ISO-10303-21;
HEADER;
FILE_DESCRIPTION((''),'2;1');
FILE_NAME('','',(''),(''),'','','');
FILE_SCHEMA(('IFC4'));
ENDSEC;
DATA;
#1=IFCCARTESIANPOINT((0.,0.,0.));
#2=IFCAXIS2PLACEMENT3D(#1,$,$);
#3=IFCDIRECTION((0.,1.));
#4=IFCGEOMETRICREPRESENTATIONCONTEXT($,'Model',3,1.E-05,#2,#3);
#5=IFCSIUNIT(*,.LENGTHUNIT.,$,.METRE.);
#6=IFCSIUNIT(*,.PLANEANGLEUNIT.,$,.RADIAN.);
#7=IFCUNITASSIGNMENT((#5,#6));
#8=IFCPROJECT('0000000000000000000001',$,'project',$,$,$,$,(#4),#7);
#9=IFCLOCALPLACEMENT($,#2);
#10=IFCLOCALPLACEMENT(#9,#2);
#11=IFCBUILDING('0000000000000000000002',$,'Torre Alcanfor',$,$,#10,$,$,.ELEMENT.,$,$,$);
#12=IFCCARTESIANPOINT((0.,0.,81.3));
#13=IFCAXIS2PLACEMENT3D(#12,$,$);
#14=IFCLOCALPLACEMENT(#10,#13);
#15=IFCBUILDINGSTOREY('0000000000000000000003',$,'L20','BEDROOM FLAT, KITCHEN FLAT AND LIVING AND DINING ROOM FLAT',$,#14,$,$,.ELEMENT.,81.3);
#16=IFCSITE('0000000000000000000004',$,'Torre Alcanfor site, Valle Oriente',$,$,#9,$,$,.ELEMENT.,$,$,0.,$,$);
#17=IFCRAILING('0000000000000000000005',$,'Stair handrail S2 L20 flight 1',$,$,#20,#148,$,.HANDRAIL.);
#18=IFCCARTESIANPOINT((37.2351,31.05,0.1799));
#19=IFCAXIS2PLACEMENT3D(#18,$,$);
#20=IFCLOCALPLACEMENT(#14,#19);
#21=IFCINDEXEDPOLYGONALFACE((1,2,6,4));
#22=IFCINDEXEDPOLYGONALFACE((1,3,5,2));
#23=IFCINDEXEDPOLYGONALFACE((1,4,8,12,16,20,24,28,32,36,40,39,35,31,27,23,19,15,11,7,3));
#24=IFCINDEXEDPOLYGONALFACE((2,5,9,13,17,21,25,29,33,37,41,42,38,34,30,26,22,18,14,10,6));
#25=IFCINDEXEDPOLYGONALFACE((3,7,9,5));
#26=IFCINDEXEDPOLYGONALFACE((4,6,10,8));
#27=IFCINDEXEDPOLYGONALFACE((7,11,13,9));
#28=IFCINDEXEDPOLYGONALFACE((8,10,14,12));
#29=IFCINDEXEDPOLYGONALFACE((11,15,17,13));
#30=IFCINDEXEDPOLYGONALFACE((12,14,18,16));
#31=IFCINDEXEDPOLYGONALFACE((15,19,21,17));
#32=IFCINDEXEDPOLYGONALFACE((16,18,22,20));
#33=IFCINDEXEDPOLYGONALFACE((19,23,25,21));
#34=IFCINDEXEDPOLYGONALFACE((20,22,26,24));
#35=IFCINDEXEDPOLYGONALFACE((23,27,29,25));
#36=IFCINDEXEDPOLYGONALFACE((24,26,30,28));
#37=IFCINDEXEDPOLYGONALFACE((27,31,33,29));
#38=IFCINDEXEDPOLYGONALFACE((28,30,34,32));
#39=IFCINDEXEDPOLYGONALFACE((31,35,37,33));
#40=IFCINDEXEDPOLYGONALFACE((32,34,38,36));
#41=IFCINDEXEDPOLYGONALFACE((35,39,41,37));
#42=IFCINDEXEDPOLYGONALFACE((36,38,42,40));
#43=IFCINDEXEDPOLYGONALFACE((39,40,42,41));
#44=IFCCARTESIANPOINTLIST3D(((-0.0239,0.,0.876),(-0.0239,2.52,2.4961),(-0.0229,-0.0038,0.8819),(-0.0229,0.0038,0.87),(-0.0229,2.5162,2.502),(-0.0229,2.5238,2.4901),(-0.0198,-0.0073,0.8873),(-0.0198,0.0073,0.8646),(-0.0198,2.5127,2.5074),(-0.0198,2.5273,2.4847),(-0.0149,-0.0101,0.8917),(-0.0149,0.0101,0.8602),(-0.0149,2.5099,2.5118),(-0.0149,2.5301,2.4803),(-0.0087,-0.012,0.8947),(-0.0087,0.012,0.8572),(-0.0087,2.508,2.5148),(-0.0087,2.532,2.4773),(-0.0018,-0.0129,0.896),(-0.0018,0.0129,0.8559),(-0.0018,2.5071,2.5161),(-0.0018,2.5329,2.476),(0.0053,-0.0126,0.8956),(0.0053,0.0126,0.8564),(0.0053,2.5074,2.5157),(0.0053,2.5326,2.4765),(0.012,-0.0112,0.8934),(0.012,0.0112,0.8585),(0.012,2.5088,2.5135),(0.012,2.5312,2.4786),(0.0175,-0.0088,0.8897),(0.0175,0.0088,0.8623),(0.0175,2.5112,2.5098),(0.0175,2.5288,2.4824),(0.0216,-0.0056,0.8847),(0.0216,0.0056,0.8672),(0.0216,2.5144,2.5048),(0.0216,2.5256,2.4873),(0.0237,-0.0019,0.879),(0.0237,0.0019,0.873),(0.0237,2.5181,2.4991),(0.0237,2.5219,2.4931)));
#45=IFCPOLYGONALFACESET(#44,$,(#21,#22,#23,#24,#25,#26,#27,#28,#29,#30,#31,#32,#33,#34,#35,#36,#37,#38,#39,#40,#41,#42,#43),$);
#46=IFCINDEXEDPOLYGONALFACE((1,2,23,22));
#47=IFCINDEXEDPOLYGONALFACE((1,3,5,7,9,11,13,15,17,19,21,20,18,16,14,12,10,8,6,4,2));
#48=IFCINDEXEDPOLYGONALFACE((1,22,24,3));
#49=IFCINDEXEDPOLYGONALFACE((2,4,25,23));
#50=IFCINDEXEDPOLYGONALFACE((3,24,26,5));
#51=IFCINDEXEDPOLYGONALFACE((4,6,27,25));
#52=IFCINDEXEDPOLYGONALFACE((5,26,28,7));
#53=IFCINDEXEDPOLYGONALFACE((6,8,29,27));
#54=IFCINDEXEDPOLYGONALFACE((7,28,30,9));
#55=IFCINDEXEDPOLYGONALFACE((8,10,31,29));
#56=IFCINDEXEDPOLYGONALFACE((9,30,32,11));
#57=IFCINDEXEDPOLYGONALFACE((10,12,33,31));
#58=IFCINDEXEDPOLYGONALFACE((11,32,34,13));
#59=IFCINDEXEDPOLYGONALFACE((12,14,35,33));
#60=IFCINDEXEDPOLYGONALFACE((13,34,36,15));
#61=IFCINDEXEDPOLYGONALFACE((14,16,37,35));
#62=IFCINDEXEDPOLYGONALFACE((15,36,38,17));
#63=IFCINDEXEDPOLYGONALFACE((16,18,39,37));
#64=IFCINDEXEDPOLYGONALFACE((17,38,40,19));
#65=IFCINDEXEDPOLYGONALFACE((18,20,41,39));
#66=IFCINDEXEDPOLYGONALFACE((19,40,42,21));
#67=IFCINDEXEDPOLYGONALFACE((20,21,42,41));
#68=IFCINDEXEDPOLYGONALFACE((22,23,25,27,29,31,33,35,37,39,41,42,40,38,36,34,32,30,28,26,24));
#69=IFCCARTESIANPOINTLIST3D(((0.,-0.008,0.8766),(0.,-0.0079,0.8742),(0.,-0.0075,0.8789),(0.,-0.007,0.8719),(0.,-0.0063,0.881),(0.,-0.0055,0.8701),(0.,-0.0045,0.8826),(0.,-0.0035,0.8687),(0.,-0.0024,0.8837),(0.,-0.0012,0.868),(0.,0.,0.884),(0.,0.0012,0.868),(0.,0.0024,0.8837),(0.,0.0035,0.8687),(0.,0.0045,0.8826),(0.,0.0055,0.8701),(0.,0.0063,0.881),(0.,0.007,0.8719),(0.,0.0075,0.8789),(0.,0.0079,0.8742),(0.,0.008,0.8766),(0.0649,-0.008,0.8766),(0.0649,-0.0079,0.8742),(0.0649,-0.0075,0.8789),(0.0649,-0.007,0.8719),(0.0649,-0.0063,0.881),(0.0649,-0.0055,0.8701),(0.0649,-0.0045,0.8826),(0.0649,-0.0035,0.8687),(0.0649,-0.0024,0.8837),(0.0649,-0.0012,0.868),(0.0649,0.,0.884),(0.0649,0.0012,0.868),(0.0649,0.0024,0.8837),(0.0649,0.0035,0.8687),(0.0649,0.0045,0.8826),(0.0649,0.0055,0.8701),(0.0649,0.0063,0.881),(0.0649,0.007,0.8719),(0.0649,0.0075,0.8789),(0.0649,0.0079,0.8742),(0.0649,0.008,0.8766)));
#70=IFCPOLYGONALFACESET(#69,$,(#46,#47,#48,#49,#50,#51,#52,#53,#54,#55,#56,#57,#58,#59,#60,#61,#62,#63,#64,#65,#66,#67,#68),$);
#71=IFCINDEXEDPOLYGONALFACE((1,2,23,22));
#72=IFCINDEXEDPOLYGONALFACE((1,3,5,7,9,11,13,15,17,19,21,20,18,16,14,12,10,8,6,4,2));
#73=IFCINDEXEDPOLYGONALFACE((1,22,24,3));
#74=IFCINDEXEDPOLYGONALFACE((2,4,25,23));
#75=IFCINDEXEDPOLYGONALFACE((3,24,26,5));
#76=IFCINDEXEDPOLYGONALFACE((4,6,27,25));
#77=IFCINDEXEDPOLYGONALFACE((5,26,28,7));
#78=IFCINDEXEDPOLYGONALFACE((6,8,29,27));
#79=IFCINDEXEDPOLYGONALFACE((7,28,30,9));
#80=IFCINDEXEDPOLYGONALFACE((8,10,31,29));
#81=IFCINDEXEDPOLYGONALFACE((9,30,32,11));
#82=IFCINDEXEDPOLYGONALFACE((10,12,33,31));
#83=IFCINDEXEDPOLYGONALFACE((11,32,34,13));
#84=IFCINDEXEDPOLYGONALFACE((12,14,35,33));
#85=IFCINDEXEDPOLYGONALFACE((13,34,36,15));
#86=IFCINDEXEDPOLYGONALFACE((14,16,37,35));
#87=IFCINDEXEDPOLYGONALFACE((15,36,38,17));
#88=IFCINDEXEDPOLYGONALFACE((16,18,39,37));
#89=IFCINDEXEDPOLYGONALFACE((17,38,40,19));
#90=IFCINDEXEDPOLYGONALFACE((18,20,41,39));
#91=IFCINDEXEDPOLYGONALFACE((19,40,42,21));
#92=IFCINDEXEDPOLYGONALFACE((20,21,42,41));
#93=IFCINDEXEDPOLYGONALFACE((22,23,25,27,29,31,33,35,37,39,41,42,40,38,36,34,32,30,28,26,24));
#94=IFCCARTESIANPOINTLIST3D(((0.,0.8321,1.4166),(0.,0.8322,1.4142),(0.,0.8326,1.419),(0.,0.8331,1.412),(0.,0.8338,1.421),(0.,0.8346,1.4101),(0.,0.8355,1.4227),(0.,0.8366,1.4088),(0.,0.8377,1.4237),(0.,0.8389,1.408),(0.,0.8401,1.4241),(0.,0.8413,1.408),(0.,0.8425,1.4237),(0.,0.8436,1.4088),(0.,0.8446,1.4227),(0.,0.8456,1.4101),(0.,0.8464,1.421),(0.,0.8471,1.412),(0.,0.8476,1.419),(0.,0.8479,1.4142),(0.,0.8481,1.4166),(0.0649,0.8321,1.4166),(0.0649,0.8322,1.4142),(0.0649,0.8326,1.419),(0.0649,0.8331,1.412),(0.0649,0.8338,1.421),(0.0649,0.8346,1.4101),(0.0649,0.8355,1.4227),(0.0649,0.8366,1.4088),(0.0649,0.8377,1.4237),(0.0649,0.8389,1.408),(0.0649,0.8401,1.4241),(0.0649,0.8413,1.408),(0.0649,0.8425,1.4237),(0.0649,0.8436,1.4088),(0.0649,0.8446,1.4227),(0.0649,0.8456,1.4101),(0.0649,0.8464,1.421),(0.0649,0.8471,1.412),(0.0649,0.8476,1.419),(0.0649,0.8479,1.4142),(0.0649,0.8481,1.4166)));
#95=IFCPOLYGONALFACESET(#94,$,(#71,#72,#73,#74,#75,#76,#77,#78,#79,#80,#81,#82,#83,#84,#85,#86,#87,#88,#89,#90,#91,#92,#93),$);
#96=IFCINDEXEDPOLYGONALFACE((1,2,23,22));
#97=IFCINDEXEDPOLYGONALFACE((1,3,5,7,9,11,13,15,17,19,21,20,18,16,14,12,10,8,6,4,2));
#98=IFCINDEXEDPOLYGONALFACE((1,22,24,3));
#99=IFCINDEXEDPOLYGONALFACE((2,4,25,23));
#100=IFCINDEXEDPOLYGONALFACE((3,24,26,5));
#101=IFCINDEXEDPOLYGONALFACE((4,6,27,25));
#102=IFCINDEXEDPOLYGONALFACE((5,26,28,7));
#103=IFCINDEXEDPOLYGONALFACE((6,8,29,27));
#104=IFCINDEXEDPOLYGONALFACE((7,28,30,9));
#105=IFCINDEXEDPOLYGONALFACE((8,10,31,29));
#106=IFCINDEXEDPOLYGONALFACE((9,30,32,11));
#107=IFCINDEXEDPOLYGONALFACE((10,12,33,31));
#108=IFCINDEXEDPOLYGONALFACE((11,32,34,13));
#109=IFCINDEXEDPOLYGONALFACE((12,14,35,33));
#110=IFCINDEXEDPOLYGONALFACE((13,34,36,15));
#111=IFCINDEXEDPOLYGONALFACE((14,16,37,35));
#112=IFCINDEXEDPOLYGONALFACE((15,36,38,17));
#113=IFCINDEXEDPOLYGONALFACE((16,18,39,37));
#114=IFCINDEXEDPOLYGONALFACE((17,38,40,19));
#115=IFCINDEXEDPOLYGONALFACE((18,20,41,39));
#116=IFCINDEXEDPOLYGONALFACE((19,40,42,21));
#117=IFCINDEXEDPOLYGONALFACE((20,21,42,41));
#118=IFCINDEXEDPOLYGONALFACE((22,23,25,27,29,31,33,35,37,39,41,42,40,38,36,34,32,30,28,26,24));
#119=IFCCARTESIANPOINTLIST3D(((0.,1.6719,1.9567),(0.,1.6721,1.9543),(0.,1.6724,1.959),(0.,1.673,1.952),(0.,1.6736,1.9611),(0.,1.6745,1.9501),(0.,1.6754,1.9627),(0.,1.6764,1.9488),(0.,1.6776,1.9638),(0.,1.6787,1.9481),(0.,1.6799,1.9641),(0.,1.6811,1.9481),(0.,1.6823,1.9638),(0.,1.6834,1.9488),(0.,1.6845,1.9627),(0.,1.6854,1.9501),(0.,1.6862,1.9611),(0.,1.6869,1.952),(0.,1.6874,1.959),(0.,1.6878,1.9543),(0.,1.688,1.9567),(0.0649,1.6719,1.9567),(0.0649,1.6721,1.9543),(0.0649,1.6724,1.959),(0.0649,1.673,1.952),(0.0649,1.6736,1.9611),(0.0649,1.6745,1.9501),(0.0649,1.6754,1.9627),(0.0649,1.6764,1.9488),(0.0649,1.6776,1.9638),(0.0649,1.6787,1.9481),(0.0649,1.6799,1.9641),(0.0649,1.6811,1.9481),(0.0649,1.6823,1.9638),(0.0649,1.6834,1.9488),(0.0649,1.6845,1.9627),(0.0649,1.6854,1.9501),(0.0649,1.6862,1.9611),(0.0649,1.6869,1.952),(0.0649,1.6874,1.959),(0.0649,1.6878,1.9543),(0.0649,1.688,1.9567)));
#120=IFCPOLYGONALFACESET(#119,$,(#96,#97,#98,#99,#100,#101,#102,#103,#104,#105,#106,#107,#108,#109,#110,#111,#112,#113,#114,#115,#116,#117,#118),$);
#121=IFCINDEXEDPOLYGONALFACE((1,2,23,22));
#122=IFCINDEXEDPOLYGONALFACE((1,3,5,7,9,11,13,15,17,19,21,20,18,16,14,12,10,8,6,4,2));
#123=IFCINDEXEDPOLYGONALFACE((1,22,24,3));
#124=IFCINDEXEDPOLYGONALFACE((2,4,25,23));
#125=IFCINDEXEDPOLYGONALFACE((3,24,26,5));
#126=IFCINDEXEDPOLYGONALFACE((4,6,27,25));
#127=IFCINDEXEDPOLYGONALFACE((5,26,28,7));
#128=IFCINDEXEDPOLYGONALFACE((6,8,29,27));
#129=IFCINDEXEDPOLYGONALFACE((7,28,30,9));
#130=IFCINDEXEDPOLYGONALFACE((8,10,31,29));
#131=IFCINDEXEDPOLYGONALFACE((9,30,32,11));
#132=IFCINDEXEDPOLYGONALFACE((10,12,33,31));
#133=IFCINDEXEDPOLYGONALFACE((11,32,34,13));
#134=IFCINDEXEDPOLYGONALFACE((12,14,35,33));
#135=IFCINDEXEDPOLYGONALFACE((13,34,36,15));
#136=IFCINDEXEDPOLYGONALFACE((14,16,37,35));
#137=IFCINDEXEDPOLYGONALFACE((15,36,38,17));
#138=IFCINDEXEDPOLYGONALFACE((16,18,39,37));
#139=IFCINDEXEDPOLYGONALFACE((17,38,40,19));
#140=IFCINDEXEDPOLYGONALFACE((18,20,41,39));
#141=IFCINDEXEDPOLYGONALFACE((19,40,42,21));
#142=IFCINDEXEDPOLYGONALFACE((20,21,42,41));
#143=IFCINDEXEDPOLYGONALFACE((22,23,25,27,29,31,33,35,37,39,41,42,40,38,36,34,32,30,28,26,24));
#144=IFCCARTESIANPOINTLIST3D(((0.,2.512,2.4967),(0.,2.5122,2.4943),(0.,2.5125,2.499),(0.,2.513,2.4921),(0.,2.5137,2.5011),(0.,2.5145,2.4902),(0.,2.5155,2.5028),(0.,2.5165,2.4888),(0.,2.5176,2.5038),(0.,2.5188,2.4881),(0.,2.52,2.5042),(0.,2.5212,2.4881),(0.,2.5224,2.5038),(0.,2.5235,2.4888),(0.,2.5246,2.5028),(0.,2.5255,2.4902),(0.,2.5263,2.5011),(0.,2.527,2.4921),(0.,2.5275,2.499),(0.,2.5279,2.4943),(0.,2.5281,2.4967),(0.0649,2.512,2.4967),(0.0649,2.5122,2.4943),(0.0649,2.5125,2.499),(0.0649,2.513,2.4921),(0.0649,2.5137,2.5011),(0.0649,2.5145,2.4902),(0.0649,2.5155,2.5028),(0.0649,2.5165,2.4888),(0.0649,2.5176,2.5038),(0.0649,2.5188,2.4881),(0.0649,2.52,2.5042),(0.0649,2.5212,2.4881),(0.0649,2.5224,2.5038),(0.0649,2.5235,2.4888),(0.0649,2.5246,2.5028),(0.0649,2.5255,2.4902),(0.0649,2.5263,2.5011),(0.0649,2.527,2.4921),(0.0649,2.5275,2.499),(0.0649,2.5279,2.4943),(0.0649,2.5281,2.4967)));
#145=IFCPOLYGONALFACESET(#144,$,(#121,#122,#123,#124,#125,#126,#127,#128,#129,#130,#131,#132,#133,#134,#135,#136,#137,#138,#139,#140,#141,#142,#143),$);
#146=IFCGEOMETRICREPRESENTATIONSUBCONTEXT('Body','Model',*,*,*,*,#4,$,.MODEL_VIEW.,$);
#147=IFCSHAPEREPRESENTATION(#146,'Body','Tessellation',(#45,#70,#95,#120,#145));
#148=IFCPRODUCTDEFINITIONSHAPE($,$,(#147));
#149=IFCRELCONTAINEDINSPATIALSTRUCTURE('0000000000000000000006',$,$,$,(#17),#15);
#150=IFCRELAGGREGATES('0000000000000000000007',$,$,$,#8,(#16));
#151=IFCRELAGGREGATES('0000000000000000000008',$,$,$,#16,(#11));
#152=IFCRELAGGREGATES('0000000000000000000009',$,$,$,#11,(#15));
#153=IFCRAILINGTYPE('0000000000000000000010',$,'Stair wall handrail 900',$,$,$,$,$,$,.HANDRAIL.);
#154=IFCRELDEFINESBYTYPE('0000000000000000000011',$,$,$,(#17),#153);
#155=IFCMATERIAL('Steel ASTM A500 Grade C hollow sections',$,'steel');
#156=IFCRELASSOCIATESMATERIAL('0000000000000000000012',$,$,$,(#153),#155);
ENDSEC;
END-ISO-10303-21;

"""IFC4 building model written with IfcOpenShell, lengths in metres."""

from ifc_helpers import new_model, si_unit, direction, frame, origin, origin_2d, place, context, subcontext, project, spatial, circle, extrude, material, type_object, element, save


model = new_model("IFC4")

# Units and contexts
model_context = context("Model", 3, precision=1e-05, world=origin(), true_north=direction((0.0, 1.0)))
body_context = subcontext(model_context, "Body", "Model", "MODEL_VIEW")
ifc_project = project(units=[si_unit("LENGTHUNIT", "METRE"), si_unit("PLANEANGLEUNIT", "RADIAN")], contexts=[model_context])

# Site, building, storey
site_placement = place(None, origin())
site = spatial("IfcSite", under=ifc_project, at=site_placement, Name="Torre Alcanfor site, Valle Oriente", CompositionType="ELEMENT", RefElevation=0.0)
building_placement = place(site_placement, origin())
building = spatial("IfcBuilding", under=site, at=building_placement, Name="Torre Alcanfor", CompositionType="ELEMENT")
storey_placement = place(building_placement, frame((0.0, 0.0, 81.3)))
storey = spatial("IfcBuildingStorey", under=building, at=storey_placement, Name="L20", Description="BEDROOM FLAT, KITCHEN FLAT AND LIVING AND DINING ROOM FLAT", CompositionType="ELEMENT", Elevation=81.3)

# Railing
ifc_material_1 = material(Name="Steel ASTM A500 Grade C hollow sections", Category="steel")
railing_type_1 = type_object("IfcRailingType", Name="Stair wall handrail 900", PredefinedType="HANDRAIL", material=ifc_material_1)
railing_1_placement = place(storey_placement, frame((37.2351, 31.05, 0.1799)))
element("IfcRailing", 1, at=railing_1_placement, inside=storey, type_object=railing_type_1, Name="Stair handrail S2 L20 flight 1", PredefinedType="HANDRAIL", context=body_context, shape_type="SweptSolid", body=[
    extrude(circle(Radius=0.0239, at=origin_2d()), frame((0.0, 0.0, 0.876), z_axis=(0.0, 0.841163, 0.540782), x_axis=(-1.0, 0.0, 0.0)), (0.0, 0.0, 1.0), 2.9958),
    extrude(circle(Radius=0.0081, at=origin_2d()), frame((0.0, 0.0, 0.876), z_axis=(1.0, 0.0, 0.0), x_axis=(0.0, 0.0, 1.0)), (0.0, 0.0, 1.0), 0.0649),
    extrude(circle(Radius=0.0081, at=origin_2d()), frame((0.0, 0.8401, 1.416), z_axis=(1.0, 0.0, 0.0), x_axis=(0.0, 0.0, 1.0)), (0.0, 0.0, 1.0), 0.0649),
    extrude(circle(Radius=0.0081, at=origin_2d()), frame((0.0, 1.6799, 1.9561), z_axis=(1.0, 0.0, 0.0), x_axis=(0.0, 0.0, 1.0)), (0.0, 0.0, 1.0), 0.0649),
    extrude(circle(Radius=0.0081, at=origin_2d()), frame((0.0, 2.52, 2.4961), z_axis=(1.0, 0.0, 0.0), x_axis=(0.0, 0.0, 1.0)), (0.0, 0.0, 1.0), 0.0649),
])

save(model, "model.ifc")
